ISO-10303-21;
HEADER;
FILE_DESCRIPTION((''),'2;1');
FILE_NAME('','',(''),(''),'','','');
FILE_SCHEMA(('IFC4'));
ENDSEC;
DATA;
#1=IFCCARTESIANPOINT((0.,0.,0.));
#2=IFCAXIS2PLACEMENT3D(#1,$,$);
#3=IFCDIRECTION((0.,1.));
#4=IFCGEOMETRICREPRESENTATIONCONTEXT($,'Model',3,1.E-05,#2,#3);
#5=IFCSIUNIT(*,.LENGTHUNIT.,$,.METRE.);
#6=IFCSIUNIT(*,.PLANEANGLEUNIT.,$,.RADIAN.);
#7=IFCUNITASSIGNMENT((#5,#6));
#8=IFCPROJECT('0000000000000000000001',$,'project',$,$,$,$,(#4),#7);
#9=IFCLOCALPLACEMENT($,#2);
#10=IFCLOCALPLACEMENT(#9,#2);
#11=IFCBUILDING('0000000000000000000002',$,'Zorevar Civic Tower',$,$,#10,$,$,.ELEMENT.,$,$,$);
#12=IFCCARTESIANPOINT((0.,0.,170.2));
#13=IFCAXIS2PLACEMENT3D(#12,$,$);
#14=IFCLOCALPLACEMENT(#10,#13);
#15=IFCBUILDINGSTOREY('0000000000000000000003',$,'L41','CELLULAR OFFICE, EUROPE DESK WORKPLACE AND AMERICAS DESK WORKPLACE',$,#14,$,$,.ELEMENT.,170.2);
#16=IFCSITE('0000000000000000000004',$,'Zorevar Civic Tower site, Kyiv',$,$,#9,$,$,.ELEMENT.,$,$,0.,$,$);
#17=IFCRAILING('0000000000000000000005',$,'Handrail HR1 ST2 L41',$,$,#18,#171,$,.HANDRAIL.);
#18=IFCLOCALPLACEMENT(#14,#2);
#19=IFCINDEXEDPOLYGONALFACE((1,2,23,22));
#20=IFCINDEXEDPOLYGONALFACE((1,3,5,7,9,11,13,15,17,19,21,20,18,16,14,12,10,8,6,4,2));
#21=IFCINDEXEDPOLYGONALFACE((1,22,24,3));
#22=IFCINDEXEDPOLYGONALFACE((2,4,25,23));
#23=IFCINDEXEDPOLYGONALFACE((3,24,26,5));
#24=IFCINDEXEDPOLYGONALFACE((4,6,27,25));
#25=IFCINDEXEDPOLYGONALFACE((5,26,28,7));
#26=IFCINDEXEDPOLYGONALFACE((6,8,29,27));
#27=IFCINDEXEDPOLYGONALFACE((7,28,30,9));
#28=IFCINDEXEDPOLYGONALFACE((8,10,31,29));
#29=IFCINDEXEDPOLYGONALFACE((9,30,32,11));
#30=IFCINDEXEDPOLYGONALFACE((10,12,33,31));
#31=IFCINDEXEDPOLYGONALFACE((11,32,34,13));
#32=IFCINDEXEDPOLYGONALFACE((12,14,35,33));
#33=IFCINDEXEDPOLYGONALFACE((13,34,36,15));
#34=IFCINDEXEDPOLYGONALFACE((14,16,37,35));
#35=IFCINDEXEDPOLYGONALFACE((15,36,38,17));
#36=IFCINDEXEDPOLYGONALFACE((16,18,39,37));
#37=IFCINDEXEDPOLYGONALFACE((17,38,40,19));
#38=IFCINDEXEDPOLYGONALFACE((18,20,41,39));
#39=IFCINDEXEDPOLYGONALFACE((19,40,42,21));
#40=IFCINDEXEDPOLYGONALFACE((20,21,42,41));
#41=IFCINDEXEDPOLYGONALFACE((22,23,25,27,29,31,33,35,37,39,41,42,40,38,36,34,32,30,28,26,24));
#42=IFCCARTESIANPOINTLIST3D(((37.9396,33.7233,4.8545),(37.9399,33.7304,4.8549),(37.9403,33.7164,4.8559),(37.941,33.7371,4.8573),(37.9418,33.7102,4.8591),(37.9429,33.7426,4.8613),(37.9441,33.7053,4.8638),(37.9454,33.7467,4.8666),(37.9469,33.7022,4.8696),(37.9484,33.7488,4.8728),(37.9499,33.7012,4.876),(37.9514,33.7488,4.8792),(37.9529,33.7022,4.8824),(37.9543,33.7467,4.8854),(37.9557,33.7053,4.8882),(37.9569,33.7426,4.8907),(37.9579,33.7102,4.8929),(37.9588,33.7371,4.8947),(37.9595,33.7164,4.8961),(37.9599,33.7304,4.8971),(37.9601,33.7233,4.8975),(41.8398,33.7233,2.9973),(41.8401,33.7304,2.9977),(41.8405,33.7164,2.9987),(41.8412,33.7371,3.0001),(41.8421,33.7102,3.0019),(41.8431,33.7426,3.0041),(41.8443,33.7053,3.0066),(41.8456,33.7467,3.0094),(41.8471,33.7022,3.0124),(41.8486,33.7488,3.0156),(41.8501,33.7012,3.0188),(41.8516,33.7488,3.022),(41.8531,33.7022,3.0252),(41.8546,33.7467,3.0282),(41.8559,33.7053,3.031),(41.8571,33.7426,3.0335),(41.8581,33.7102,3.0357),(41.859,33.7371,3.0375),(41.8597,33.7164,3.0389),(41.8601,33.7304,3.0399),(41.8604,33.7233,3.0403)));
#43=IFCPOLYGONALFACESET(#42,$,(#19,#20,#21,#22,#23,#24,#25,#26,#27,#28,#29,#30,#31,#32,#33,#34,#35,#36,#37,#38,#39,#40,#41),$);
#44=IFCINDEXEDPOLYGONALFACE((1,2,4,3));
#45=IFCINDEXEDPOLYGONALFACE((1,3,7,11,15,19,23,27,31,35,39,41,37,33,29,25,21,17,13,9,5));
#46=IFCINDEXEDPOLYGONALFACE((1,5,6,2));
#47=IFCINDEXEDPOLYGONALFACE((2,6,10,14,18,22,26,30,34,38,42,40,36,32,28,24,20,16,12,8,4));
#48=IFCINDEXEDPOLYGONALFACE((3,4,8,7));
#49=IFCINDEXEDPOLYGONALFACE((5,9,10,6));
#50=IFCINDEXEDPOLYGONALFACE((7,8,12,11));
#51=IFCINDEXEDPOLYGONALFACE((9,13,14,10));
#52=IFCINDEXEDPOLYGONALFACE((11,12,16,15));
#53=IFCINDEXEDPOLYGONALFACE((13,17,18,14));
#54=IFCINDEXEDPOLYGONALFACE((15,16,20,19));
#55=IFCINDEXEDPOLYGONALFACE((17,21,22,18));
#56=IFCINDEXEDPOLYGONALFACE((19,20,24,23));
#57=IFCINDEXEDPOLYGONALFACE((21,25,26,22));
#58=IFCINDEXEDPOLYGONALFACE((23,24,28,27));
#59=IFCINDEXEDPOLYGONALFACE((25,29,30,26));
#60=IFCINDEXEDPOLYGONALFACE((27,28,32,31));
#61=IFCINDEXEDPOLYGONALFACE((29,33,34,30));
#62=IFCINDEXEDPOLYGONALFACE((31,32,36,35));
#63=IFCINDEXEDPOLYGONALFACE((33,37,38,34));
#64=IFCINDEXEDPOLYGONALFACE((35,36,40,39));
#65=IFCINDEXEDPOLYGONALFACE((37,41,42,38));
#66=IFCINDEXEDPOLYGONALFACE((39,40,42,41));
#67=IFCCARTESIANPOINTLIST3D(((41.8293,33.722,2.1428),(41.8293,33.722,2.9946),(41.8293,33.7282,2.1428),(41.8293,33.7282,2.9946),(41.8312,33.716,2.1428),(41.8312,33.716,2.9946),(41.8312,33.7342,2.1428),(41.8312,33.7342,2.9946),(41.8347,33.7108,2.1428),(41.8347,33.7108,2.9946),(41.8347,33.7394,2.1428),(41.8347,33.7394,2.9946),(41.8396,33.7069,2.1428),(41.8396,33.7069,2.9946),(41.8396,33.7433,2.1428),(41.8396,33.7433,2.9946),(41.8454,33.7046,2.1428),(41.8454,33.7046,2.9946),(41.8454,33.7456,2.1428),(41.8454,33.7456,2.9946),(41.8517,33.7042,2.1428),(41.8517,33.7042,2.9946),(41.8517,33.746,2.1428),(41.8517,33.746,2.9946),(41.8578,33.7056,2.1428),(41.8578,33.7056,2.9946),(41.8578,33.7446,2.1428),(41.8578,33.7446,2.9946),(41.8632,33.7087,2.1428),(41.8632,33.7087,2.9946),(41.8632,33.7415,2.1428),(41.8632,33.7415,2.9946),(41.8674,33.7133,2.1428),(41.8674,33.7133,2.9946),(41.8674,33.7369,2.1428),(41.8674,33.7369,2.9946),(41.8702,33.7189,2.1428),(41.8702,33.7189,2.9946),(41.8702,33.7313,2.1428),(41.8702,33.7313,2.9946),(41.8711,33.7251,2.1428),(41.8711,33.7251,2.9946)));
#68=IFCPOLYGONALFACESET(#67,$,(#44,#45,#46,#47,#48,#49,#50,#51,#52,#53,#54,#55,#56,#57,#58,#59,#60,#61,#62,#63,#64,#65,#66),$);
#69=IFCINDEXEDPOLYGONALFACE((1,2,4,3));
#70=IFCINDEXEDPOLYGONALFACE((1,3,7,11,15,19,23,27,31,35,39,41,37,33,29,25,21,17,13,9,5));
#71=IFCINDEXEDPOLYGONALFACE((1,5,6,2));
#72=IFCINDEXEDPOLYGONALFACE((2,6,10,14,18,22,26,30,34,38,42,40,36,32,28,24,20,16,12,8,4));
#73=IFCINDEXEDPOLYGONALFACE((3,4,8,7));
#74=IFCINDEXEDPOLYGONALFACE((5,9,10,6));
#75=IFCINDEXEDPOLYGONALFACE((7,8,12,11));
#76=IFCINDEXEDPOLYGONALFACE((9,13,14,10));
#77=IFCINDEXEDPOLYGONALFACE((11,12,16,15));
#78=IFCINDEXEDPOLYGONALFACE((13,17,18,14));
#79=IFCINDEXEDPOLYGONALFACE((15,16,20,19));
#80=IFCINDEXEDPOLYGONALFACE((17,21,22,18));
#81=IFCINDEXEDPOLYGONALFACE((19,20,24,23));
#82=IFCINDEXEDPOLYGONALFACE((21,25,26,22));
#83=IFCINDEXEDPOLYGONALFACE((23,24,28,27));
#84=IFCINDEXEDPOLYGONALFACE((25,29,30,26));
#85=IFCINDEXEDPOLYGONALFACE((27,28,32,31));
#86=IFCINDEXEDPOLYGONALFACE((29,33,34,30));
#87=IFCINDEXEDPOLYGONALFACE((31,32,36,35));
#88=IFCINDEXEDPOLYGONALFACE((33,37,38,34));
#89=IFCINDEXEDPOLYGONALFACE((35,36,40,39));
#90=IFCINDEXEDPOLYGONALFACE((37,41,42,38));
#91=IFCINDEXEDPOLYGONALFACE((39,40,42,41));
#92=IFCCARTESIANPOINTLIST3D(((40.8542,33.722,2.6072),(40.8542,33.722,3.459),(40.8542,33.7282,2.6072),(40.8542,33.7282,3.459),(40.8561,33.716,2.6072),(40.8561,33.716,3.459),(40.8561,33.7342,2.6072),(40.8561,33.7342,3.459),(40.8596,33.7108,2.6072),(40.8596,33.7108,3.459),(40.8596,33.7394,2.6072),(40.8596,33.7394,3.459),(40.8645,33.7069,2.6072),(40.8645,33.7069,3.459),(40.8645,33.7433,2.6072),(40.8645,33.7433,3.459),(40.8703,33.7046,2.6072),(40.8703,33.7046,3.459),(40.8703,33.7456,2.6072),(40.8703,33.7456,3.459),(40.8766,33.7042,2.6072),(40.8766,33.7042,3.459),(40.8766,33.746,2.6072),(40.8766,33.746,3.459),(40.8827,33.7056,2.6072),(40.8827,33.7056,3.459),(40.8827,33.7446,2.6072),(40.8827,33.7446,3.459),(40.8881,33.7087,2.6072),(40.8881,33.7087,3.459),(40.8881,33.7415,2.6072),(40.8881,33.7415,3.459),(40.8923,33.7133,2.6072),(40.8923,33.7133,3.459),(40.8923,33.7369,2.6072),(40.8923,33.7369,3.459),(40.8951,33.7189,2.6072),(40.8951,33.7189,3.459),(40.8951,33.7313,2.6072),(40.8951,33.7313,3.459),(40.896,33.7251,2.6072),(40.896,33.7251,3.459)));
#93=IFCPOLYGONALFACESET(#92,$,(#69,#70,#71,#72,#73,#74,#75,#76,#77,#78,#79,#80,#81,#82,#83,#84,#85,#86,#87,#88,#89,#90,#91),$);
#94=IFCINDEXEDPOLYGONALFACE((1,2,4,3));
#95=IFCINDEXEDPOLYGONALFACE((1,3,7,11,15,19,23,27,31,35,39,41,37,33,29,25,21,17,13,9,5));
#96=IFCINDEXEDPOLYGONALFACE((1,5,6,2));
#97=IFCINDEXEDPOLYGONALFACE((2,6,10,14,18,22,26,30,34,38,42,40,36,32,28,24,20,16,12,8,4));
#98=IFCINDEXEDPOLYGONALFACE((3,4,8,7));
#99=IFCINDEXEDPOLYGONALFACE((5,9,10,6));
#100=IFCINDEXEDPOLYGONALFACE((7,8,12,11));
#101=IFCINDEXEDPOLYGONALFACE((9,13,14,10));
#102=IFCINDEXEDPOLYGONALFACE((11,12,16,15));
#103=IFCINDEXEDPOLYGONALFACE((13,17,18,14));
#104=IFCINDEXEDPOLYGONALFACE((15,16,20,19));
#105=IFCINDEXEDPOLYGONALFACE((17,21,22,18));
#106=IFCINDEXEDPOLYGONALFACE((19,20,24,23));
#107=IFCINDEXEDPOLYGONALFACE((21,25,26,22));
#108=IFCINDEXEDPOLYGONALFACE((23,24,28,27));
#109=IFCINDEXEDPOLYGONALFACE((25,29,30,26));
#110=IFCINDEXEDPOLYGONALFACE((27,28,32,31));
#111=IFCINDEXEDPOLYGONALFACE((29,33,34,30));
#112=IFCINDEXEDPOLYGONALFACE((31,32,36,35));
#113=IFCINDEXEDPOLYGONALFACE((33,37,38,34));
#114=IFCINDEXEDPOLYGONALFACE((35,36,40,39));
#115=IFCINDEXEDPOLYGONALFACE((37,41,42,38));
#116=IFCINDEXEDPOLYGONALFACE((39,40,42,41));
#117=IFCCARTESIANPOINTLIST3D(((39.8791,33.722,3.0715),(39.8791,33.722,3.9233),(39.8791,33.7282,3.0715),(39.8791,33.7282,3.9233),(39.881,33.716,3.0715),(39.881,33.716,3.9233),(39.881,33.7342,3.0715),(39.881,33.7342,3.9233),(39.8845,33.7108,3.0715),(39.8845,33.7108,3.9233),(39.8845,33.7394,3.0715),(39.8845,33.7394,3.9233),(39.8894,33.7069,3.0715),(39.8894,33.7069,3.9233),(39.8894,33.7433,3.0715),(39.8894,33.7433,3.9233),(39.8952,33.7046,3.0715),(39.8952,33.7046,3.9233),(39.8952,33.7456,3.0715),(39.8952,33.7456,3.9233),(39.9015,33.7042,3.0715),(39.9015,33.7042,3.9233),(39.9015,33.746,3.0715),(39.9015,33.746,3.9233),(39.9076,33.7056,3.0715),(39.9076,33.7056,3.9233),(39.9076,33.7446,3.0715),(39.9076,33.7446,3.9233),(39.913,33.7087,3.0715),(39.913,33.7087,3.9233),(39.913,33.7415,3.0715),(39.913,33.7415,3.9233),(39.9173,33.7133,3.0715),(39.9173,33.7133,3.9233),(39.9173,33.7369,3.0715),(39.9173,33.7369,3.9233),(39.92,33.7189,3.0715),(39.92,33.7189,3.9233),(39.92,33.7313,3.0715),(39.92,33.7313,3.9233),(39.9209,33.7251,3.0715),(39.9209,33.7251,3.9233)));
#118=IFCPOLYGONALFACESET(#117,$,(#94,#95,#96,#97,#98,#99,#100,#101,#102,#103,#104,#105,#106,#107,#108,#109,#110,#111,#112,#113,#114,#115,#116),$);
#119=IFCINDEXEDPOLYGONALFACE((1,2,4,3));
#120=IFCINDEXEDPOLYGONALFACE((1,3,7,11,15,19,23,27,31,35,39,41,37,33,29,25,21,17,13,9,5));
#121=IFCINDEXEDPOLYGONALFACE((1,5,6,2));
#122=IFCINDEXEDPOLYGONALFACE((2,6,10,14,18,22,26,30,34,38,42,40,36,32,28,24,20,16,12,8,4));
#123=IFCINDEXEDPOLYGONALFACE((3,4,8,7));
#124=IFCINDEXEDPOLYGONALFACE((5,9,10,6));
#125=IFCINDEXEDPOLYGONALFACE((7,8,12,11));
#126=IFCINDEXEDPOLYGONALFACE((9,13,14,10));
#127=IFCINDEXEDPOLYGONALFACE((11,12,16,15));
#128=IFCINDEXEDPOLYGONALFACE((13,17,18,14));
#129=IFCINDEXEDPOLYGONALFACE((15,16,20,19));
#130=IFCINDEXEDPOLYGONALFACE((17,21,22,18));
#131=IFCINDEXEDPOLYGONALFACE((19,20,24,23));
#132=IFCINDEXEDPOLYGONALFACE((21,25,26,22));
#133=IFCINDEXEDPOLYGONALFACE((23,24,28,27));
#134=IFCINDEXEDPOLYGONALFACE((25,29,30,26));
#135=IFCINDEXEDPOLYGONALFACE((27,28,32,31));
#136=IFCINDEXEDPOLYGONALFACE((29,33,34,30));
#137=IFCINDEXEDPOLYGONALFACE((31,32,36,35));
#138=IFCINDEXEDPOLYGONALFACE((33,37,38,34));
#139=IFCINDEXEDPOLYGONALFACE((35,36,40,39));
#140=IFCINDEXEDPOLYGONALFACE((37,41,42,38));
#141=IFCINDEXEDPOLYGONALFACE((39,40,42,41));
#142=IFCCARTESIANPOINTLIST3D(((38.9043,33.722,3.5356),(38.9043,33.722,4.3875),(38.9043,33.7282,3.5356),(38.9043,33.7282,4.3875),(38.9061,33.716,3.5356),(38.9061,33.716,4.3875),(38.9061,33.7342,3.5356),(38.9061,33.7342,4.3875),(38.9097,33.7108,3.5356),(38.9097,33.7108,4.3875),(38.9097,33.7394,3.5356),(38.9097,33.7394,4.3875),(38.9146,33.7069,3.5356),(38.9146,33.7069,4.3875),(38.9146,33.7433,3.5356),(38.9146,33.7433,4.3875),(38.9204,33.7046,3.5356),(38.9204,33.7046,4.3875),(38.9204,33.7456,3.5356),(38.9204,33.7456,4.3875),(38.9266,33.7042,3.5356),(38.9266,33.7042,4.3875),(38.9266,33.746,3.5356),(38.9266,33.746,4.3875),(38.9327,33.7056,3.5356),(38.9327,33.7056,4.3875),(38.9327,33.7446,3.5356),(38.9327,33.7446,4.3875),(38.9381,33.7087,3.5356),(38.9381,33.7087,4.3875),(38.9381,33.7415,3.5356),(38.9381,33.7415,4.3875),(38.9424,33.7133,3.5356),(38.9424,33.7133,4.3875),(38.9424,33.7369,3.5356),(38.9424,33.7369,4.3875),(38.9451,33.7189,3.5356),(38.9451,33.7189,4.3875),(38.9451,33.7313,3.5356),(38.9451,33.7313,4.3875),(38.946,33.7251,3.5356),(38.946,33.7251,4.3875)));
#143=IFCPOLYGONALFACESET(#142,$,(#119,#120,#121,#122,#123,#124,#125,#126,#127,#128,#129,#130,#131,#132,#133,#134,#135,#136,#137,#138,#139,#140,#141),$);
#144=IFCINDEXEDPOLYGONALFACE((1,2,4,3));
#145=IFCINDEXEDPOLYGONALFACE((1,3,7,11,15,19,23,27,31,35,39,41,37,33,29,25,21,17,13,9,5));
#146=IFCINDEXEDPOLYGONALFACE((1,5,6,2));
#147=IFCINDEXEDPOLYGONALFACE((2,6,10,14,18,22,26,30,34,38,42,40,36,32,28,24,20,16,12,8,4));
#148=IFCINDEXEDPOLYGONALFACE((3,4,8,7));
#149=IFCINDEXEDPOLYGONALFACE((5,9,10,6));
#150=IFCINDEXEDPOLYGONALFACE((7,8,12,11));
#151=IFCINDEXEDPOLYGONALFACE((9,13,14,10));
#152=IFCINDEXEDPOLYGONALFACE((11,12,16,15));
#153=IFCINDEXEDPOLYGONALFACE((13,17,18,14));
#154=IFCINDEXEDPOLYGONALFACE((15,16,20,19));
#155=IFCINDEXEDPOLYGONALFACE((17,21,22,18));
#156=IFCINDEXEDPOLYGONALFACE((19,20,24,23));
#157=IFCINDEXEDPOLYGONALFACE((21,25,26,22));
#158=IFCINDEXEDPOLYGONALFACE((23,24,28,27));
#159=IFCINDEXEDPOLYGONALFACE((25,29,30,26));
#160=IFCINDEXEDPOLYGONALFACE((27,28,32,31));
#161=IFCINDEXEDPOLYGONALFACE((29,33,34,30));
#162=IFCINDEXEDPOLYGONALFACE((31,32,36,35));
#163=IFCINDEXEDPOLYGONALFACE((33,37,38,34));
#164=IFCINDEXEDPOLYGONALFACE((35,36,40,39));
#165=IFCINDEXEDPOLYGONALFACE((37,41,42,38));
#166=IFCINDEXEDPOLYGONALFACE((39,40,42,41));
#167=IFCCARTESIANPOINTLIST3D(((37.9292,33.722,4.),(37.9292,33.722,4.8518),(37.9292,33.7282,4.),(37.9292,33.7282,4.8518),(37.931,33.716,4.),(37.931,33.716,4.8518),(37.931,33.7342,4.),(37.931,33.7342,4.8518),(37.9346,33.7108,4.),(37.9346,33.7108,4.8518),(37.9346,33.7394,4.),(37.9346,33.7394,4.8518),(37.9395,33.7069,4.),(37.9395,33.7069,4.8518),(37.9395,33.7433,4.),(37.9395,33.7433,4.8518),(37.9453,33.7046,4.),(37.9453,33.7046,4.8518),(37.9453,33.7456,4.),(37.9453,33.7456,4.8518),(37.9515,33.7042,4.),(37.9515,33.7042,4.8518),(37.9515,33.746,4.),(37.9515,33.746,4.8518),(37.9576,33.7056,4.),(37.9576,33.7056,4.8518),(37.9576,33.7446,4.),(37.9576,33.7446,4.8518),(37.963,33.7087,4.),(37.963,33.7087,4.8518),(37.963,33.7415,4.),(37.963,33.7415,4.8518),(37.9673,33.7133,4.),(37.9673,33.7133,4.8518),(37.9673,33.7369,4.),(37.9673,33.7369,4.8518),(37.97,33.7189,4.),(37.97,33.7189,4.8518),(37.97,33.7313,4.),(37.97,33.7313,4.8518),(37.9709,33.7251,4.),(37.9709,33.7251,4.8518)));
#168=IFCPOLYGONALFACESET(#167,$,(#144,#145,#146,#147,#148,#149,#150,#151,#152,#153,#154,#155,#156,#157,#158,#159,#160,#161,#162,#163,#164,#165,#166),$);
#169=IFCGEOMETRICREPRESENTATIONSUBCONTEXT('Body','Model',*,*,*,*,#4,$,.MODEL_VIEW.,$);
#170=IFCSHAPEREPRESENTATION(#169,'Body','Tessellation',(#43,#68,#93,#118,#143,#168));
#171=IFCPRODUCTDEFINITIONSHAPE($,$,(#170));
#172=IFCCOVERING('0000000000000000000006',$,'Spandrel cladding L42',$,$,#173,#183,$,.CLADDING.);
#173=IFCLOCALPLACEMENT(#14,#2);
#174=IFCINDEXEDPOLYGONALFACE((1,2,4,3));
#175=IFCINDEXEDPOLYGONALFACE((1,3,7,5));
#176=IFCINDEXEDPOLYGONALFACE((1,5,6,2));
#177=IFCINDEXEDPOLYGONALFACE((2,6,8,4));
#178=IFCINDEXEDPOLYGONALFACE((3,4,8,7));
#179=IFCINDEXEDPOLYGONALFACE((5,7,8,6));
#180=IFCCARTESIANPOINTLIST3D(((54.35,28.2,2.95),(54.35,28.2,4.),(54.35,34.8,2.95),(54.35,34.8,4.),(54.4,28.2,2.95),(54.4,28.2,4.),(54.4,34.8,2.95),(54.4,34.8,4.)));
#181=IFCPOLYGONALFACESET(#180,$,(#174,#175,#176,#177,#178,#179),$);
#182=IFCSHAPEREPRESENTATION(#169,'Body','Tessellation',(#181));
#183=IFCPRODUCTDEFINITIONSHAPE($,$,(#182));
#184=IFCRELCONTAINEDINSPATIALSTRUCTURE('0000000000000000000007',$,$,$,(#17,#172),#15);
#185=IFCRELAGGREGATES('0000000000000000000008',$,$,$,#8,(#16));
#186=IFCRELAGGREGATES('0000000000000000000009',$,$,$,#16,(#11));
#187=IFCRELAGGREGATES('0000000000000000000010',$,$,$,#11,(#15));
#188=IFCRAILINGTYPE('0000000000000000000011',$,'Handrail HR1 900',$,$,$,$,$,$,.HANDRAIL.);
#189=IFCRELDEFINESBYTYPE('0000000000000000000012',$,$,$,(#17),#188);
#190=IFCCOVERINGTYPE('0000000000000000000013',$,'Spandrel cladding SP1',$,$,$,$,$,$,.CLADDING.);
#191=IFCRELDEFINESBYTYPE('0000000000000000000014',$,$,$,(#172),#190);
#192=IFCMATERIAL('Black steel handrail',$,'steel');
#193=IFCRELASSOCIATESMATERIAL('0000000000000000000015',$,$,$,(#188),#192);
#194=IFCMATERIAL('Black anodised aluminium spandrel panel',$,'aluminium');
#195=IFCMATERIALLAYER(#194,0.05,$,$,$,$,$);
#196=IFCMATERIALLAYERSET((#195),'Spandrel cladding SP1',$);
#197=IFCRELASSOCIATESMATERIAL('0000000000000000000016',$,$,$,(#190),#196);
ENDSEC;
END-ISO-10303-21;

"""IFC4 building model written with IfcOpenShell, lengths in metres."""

from ifc_helpers import new_model, si_unit, direction, frame, frame_2d, origin, origin_2d, place, context, subcontext, project, spatial, rectangle, circle, extrude, material, layer, layer_set, type_object, element, save


model = new_model("IFC4")

# Units and contexts
model_context = context("Model", 3, precision=1e-05, world=origin(), true_north=direction((0.0, 1.0)))
body_context = subcontext(model_context, "Body", "Model", "MODEL_VIEW")
ifc_project = project(units=[si_unit("LENGTHUNIT", "METRE"), si_unit("PLANEANGLEUNIT", "RADIAN")], contexts=[model_context])

# Site, building, storey
site_placement = place(None, origin())
site = spatial("IfcSite", under=ifc_project, at=site_placement, Name="Zorevar Civic Tower site, Kyiv", CompositionType="ELEMENT", RefElevation=0.0)
building_placement = place(site_placement, origin())
building = spatial("IfcBuilding", under=site, at=building_placement, Name="Zorevar Civic Tower", CompositionType="ELEMENT")
storey_placement = place(building_placement, frame((0.0, 0.0, 170.2)))
storey = spatial("IfcBuildingStorey", under=building, at=storey_placement, Name="L41", Description="CELLULAR OFFICE, EUROPE DESK WORKPLACE AND AMERICAS DESK WORKPLACE", CompositionType="ELEMENT", Elevation=170.2)

# Railing
ifc_material_1 = material(Name="Black steel handrail", Category="steel")
railing_type = type_object("IfcRailingType", Name="Handrail HR1 900", PredefinedType="HANDRAIL", material=ifc_material_1)
railing_1_placement = place(storey_placement, frame((41.8501, 33.7251, 2.1428)))
element("IfcRailing", 1, at=railing_1_placement, inside=storey, type_object=railing_type, Name="Handrail HR1 ST2 L41", PredefinedType="HANDRAIL", context=body_context, shape_type="SweptSolid", body=[
    extrude(circle(Radius=0.0239, at=origin_2d()), frame((0.0, 0.0, 0.876), z_axis=(-0.902864, 0.0, 0.429927), x_axis=(0.0, -1.0, 0.0)), (0.0, 0.0, 1.0), 4.3198),
    extrude(circle(Radius=0.021, at=origin_2d()), origin(), (0.0, 0.0, 1.0), 0.8518),
    extrude(circle(Radius=0.021, at=origin_2d()), frame((-0.9751, 0.0, 0.4644)), (0.0, 0.0, 1.0), 0.8518),
    extrude(circle(Radius=0.021, at=origin_2d()), frame((-1.9502, 0.0, 0.9287)), (0.0, 0.0, 1.0), 0.8518),
    extrude(circle(Radius=0.021, at=origin_2d()), frame((-2.925, 0.0, 1.3928)), (0.0, 0.0, 1.0), 0.8518),
    extrude(circle(Radius=0.021, at=origin_2d()), frame((-3.9001, 0.0, 1.8572)), (0.0, 0.0, 1.0), 0.8518),
])

# Covering
ifc_material_2 = material(Name="Black anodised aluminium spandrel panel", Category="aluminium")
ifc_layer_1 = layer(ifc_material_2, 0.05)
ifc_layer_set_1 = layer_set([ifc_layer_1], Name="Spandrel cladding SP1")
covering_type = type_object("IfcCoveringType", Name="Spandrel cladding SP1", PredefinedType="CLADDING", material=ifc_layer_set_1)
covering_placement = place(storey_placement, frame((54.375, 28.2, 2.95), z_axis=(0.0, 0.0, 1.0), x_axis=(0.0, 1.0, 0.0)))
element("IfcCovering", 2, at=covering_placement, inside=storey, type_object=covering_type, Name="Spandrel cladding L42", PredefinedType="CLADDING", context=body_context, shape_type="SweptSolid", body=[
    extrude(rectangle(XDim=6.6001, YDim=0.05, at=frame_2d((3.3, 0.0))), origin(), (0.0, 0.0, 1.0), 1.05),
])

save(model, "model.ifc")
